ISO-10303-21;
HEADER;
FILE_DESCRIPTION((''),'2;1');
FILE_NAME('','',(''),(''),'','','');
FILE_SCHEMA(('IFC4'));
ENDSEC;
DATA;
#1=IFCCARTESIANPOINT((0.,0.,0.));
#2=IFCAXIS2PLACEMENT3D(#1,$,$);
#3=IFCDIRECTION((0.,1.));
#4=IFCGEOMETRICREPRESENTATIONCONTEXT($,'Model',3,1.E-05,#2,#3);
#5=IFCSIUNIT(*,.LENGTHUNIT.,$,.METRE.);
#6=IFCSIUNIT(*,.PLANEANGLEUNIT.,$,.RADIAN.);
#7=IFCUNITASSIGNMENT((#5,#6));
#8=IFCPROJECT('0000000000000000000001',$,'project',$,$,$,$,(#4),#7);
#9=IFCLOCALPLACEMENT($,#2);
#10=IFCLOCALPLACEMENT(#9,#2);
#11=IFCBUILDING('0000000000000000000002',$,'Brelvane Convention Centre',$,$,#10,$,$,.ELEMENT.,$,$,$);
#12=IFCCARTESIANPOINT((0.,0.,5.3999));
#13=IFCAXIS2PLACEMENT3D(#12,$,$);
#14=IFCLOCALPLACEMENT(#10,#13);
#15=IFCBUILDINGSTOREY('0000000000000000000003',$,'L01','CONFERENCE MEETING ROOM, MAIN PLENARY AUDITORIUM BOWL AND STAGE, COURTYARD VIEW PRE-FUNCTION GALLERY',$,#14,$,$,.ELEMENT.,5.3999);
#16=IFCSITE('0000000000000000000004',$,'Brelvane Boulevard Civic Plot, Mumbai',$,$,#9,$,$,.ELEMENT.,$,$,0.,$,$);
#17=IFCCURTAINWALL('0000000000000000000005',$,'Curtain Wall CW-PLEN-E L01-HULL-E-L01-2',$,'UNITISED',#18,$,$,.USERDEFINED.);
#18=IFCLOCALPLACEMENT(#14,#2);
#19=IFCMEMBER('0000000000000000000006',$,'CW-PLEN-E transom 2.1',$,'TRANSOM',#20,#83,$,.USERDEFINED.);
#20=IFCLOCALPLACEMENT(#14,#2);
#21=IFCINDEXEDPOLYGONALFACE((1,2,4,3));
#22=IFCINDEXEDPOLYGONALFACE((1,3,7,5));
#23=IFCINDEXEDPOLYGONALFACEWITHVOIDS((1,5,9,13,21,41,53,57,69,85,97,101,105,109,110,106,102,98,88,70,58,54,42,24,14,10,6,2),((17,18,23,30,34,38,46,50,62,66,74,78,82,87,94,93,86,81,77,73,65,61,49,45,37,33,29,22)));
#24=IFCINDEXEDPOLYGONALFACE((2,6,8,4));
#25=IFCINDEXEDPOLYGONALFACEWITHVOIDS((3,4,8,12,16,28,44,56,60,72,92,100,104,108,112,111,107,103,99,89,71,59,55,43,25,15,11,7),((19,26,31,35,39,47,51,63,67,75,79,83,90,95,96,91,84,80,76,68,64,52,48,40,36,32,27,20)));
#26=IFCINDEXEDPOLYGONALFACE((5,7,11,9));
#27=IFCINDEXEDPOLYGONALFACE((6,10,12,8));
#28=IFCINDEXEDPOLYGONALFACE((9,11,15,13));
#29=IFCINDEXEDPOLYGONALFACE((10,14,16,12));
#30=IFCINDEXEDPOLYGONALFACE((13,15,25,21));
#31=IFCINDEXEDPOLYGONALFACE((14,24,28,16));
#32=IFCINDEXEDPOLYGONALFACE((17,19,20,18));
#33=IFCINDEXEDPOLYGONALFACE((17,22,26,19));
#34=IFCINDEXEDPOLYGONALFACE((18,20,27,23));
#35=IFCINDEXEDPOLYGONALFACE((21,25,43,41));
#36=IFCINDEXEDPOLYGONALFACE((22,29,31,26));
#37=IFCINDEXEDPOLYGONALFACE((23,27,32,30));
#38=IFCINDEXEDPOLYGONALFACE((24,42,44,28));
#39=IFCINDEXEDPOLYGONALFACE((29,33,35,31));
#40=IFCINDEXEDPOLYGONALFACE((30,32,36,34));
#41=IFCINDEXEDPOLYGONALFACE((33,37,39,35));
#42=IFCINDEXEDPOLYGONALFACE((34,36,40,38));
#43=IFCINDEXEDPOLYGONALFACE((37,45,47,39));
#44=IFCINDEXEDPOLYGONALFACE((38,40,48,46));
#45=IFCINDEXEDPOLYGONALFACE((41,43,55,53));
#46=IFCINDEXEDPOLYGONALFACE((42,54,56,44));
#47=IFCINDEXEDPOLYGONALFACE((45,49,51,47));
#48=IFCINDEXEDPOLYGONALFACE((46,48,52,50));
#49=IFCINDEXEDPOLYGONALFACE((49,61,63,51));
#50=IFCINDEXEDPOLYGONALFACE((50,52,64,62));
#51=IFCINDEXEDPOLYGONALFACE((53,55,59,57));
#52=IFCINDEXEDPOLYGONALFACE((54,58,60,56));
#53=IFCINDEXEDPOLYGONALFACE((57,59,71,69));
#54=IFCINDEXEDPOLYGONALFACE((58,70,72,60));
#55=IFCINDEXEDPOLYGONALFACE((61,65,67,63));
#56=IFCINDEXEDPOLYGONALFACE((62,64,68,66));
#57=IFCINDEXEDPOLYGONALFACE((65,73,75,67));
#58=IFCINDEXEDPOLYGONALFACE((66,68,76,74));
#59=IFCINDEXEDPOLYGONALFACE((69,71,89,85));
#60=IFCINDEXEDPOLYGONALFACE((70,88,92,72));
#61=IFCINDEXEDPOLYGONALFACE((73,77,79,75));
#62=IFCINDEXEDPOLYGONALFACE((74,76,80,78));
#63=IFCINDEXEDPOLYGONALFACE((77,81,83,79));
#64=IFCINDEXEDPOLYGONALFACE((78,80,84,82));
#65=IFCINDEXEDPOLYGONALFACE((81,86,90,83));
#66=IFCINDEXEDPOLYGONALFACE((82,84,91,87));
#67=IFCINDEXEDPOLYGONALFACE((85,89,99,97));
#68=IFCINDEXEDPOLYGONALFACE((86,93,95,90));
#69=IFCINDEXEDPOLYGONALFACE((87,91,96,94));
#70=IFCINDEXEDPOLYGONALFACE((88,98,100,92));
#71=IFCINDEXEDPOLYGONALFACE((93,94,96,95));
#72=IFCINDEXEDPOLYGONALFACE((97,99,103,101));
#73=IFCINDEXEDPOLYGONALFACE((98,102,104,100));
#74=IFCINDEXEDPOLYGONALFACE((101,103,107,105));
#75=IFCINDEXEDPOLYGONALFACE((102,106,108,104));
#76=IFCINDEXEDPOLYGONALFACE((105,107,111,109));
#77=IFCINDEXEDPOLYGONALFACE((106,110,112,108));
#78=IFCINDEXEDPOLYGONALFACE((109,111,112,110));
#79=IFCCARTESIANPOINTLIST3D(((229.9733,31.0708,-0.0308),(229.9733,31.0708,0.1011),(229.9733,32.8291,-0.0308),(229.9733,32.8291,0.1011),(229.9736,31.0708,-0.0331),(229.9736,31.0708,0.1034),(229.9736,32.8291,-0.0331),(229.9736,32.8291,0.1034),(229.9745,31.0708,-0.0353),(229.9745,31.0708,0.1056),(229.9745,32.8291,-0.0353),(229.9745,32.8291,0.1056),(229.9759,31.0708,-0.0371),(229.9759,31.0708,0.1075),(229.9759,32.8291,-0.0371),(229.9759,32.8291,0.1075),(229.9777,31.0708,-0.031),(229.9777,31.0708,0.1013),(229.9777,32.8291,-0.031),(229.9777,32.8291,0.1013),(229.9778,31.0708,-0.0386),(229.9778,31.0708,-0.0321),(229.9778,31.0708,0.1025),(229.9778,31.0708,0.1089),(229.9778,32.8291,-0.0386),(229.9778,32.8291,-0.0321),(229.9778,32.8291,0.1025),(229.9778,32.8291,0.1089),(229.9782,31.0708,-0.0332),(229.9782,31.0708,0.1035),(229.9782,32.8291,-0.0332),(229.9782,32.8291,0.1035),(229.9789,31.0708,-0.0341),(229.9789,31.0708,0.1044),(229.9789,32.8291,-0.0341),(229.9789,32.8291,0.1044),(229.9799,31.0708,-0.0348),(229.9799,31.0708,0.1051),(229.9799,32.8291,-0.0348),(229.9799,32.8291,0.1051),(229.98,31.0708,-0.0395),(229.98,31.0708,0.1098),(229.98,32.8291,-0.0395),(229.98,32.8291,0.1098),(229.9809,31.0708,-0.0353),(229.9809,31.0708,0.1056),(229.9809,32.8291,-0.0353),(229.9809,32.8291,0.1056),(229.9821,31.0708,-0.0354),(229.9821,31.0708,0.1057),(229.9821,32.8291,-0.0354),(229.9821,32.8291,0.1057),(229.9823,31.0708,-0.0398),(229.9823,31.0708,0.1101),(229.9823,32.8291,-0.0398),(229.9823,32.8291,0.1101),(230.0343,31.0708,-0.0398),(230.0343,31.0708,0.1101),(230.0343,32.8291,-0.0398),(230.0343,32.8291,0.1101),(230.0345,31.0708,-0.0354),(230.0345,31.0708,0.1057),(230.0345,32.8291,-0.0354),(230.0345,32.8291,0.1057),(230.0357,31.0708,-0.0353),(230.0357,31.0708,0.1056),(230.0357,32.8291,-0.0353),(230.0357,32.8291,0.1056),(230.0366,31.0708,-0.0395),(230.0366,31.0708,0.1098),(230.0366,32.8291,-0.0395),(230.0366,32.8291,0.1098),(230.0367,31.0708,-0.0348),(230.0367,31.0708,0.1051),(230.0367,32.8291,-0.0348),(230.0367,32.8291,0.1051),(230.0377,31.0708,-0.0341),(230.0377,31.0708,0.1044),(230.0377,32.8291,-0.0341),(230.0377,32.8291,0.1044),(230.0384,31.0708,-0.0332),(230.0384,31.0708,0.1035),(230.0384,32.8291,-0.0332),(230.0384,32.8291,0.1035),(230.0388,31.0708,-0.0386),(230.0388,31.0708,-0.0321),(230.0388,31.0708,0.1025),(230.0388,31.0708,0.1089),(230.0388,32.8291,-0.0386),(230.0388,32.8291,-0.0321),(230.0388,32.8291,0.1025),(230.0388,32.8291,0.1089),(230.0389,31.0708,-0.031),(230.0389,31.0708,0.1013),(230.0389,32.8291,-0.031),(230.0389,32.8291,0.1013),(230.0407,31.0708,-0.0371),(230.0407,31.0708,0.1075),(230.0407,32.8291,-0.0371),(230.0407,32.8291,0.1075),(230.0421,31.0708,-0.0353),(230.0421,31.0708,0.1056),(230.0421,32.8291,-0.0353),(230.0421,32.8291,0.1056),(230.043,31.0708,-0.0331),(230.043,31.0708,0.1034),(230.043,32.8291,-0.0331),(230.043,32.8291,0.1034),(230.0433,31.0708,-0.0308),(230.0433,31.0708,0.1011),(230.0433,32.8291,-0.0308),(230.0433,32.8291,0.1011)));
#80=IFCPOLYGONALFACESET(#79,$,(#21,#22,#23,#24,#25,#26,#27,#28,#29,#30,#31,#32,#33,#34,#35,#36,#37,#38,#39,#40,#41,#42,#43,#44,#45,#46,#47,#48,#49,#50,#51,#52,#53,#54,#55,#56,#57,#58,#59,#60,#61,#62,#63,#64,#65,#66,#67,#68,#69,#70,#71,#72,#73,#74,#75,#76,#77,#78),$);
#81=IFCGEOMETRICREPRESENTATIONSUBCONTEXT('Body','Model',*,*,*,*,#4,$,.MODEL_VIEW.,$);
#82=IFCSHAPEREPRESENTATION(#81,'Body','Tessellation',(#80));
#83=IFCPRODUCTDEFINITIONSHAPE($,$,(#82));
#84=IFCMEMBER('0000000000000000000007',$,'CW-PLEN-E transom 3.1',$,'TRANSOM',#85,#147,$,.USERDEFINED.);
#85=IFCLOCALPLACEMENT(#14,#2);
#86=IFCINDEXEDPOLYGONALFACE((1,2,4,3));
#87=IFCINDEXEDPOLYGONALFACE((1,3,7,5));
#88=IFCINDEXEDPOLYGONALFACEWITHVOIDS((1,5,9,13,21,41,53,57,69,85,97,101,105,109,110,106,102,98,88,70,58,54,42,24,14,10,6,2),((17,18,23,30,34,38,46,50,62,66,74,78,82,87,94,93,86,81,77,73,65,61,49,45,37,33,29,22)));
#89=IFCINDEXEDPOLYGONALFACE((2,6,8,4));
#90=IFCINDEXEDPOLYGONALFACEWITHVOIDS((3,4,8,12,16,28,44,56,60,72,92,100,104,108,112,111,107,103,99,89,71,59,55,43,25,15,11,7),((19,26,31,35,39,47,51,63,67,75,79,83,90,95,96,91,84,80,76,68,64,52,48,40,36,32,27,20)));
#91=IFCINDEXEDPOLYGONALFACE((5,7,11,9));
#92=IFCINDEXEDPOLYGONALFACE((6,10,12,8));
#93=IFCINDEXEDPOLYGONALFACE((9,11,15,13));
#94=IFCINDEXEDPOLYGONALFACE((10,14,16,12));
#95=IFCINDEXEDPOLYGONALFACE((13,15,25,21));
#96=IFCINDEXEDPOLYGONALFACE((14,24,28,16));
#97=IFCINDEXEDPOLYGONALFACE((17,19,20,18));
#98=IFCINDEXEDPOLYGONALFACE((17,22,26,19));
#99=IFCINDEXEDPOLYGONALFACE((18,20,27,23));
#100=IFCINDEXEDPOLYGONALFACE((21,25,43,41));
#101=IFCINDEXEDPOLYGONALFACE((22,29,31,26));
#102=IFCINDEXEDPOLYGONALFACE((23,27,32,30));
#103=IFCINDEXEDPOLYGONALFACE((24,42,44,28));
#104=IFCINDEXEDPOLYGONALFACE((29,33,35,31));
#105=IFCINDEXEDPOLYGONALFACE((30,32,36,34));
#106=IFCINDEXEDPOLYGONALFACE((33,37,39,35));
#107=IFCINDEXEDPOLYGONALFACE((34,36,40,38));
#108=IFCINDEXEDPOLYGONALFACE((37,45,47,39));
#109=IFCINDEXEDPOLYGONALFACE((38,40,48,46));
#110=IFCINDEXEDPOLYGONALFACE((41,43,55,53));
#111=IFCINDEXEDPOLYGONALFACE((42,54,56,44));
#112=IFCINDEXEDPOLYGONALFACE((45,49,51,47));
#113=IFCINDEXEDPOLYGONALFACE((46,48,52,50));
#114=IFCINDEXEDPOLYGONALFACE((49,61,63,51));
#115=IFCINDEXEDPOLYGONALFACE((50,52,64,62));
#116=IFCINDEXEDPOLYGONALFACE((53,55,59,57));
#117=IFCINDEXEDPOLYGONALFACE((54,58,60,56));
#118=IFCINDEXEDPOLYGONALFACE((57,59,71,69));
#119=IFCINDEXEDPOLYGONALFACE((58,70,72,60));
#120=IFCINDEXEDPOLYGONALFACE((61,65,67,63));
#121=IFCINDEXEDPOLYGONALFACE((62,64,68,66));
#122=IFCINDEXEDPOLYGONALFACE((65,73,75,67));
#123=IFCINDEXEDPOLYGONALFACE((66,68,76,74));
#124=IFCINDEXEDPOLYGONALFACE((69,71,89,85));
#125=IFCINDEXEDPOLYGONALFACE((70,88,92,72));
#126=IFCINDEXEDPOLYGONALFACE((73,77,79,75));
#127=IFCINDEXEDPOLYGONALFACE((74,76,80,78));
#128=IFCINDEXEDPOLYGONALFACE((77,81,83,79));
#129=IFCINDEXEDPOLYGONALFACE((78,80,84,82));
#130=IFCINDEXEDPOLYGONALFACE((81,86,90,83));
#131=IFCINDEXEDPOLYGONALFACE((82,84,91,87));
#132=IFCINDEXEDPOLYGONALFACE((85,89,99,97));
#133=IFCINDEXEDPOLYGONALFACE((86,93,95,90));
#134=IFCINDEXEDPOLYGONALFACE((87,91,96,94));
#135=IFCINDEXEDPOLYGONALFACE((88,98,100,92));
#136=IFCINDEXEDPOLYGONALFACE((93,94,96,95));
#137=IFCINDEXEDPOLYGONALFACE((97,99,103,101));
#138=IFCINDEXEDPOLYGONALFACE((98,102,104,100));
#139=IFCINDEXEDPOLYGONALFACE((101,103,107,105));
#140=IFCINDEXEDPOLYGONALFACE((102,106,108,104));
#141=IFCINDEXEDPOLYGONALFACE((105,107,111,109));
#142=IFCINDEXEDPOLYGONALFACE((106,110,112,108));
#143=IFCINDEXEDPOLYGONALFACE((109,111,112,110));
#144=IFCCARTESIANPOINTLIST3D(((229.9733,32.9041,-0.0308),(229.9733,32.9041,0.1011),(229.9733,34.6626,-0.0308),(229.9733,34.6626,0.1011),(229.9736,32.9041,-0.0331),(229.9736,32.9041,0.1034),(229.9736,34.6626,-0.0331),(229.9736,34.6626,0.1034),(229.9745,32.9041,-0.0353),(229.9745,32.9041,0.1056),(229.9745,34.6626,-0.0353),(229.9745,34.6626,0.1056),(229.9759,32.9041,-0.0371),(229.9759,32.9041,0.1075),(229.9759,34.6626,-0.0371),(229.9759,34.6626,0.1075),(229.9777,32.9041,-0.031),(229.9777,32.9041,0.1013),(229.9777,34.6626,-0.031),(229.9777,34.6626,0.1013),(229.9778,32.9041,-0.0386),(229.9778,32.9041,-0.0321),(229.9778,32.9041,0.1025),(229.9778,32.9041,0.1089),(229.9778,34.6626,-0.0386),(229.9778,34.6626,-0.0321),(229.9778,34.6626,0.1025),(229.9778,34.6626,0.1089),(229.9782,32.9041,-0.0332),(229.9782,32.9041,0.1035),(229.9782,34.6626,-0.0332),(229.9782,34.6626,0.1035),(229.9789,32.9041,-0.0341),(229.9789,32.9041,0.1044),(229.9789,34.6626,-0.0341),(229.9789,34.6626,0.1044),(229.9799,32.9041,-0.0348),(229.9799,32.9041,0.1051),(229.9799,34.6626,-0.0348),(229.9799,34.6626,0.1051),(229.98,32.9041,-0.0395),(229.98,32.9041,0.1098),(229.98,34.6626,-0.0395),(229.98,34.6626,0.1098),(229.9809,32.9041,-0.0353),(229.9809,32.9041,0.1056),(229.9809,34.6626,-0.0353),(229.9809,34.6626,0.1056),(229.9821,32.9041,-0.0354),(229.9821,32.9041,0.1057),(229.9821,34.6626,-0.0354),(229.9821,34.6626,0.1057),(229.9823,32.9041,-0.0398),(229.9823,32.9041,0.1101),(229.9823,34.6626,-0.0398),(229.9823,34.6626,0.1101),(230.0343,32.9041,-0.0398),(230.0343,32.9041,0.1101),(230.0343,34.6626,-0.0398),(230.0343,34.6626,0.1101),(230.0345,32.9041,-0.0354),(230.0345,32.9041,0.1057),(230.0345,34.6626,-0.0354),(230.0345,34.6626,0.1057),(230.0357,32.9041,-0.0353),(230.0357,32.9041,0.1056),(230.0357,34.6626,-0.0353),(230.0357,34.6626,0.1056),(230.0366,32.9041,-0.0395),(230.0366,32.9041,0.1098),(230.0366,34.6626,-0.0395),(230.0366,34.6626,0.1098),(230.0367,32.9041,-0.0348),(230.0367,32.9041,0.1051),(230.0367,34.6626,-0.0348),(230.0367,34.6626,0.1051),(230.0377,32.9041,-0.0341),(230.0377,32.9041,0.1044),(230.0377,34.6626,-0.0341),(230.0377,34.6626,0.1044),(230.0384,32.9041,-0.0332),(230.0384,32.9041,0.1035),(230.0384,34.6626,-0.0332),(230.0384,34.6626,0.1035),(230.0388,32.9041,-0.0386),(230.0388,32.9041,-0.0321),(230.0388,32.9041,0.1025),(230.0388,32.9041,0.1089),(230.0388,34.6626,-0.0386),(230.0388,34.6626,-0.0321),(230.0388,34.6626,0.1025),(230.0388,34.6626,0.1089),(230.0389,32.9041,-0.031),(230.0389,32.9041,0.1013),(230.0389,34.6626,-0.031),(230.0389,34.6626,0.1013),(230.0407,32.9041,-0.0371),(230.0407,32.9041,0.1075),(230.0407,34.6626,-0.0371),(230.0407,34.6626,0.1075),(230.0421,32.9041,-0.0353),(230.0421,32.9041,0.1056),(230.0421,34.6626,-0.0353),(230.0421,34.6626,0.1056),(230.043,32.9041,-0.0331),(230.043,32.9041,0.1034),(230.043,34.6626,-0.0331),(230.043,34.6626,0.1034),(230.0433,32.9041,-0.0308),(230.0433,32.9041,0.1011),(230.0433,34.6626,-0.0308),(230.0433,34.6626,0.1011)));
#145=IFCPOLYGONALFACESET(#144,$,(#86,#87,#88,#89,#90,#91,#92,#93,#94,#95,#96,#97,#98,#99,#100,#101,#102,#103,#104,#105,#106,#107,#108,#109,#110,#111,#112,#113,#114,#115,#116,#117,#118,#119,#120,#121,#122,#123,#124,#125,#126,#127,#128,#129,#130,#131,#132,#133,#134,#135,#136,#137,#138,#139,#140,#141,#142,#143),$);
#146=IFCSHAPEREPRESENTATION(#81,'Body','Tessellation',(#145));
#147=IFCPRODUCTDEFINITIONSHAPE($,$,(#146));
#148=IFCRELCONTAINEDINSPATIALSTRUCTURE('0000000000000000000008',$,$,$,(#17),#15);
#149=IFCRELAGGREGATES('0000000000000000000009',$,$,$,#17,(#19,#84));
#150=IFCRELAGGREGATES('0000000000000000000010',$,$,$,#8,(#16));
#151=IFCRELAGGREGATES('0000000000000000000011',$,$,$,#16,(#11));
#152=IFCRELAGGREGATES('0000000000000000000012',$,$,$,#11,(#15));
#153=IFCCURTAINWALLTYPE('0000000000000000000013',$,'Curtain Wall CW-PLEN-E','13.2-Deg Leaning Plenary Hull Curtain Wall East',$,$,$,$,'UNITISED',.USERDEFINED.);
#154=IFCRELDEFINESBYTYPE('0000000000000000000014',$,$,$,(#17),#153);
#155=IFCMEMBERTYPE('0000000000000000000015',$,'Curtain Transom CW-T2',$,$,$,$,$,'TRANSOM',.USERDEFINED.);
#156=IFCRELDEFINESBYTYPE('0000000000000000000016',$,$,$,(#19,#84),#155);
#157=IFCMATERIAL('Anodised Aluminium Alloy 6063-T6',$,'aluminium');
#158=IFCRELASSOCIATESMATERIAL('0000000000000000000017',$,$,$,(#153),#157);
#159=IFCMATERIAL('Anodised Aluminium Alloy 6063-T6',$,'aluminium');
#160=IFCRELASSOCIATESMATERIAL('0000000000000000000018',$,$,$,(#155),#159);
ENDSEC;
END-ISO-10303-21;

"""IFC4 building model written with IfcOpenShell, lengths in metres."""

from ifc_helpers import new_model, si_unit, direction, frame, origin, origin_2d, place, context, subcontext, project, spatial, hollow_rectangle, extrude, material, material_profile, profile_set, type_object, element, aggregate, save


model = new_model("IFC4")

# Units and contexts
model_context = context("Model", 3, precision=1e-05, world=origin(), true_north=direction((0.0, 1.0)))
body_context = subcontext(model_context, "Body", "Model", "MODEL_VIEW")
ifc_project = project(units=[si_unit("LENGTHUNIT", "METRE"), si_unit("PLANEANGLEUNIT", "RADIAN")], contexts=[model_context])

# Site, building, storey
site_placement = place(None, origin())
site = spatial("IfcSite", under=ifc_project, at=site_placement, Name="Brelvane Boulevard Civic Plot, Mumbai", CompositionType="ELEMENT", RefElevation=0.0)
building_placement = place(site_placement, origin())
building = spatial("IfcBuilding", under=site, at=building_placement, Name="Brelvane Convention Centre", CompositionType="ELEMENT")
storey_placement = place(building_placement, frame((0.0, 0.0, 5.3999)))
storey = spatial("IfcBuildingStorey", under=building, at=storey_placement, Name="L01", Description="CONFERENCE MEETING ROOM, MAIN PLENARY AUDITORIUM BOWL AND STAGE, COURTYARD VIEW PRE-FUNCTION GALLERY", CompositionType="ELEMENT", Elevation=5.3999)

# Shared definitions
ifc_material_1 = material(Name="Anodised Aluminium Alloy 6063-T6", Category="aluminium")
curtain_wall_type = type_object("IfcCurtainWallType", Name="Curtain Wall CW-PLEN-E", Description="13.2-Deg Leaning Plenary Hull Curtain Wall East", ElementType="UNITISED", PredefinedType="USERDEFINED", material=ifc_material_1)

# Curtain wall, members
curtain_wall_1_placement = place(storey_placement, origin())
curtain_wall_1 = element("IfcCurtainWall", 1, at=curtain_wall_1_placement, inside=storey, type_object=curtain_wall_type, Name="Curtain Wall CW-PLEN-E L01-HULL-E-L01-2", ObjectType="UNITISED", PredefinedType="USERDEFINED")
ifc_material_2 = material(Name="Anodised Aluminium Alloy 6063-T6", Category="aluminium")
ifc_material_profile_1 = material_profile(ifc_material_2, hollow_rectangle(XDim=0.0701, YDim=0.1499, WallThickness=0.0044, InnerFilletRadius=0.0044, OuterFilletRadius=0.009, at=origin_2d()), Name="ALU-T 150x70x4.5")
ifc_profile_set_1 = profile_set([ifc_material_profile_1], Name="Anodised Aluminium Alloy 6063-T6")
member_type_1 = type_object("IfcMemberType", Name="Curtain Transom CW-T2", ElementType="TRANSOM", PredefinedType="USERDEFINED", material=ifc_profile_set_1)
member_1_placement = place(storey_placement, frame((230.0083, 31.0708, 0.0352), z_axis=(0.0, 1.0, 0.0), x_axis=(-1.0, 0.0, 0.0)))
member_1 = element("IfcMember", 2, at=member_1_placement, type_object=member_type_1, Name="CW-PLEN-E transom 2.1", ObjectType="TRANSOM", PredefinedType="USERDEFINED", context=body_context, shape_type="SweptSolid", body=[
    extrude(hollow_rectangle(XDim=0.0701, YDim=0.1499, WallThickness=0.0044, InnerFilletRadius=0.0044, OuterFilletRadius=0.009, at=origin_2d()), origin(), (0.0, 0.0, 1.0), 1.7583),
])
member_2_placement = place(storey_placement, frame((230.0083, 32.9041, 0.0352), z_axis=(0.0, 1.0, 0.0), x_axis=(-1.0, 0.0, 0.0)))
member_2 = element("IfcMember", 3, at=member_2_placement, type_object=member_type_1, Name="CW-PLEN-E transom 3.1", ObjectType="TRANSOM", PredefinedType="USERDEFINED", context=body_context, shape_type="SweptSolid", body=[
    extrude(hollow_rectangle(XDim=0.0701, YDim=0.1499, WallThickness=0.0044, InnerFilletRadius=0.0044, OuterFilletRadius=0.009, at=origin_2d()), origin(), (0.0, 0.0, 1.0), 1.7585),
])

aggregate(curtain_wall_1, [member_1, member_2])

save(model, "model.ifc")
